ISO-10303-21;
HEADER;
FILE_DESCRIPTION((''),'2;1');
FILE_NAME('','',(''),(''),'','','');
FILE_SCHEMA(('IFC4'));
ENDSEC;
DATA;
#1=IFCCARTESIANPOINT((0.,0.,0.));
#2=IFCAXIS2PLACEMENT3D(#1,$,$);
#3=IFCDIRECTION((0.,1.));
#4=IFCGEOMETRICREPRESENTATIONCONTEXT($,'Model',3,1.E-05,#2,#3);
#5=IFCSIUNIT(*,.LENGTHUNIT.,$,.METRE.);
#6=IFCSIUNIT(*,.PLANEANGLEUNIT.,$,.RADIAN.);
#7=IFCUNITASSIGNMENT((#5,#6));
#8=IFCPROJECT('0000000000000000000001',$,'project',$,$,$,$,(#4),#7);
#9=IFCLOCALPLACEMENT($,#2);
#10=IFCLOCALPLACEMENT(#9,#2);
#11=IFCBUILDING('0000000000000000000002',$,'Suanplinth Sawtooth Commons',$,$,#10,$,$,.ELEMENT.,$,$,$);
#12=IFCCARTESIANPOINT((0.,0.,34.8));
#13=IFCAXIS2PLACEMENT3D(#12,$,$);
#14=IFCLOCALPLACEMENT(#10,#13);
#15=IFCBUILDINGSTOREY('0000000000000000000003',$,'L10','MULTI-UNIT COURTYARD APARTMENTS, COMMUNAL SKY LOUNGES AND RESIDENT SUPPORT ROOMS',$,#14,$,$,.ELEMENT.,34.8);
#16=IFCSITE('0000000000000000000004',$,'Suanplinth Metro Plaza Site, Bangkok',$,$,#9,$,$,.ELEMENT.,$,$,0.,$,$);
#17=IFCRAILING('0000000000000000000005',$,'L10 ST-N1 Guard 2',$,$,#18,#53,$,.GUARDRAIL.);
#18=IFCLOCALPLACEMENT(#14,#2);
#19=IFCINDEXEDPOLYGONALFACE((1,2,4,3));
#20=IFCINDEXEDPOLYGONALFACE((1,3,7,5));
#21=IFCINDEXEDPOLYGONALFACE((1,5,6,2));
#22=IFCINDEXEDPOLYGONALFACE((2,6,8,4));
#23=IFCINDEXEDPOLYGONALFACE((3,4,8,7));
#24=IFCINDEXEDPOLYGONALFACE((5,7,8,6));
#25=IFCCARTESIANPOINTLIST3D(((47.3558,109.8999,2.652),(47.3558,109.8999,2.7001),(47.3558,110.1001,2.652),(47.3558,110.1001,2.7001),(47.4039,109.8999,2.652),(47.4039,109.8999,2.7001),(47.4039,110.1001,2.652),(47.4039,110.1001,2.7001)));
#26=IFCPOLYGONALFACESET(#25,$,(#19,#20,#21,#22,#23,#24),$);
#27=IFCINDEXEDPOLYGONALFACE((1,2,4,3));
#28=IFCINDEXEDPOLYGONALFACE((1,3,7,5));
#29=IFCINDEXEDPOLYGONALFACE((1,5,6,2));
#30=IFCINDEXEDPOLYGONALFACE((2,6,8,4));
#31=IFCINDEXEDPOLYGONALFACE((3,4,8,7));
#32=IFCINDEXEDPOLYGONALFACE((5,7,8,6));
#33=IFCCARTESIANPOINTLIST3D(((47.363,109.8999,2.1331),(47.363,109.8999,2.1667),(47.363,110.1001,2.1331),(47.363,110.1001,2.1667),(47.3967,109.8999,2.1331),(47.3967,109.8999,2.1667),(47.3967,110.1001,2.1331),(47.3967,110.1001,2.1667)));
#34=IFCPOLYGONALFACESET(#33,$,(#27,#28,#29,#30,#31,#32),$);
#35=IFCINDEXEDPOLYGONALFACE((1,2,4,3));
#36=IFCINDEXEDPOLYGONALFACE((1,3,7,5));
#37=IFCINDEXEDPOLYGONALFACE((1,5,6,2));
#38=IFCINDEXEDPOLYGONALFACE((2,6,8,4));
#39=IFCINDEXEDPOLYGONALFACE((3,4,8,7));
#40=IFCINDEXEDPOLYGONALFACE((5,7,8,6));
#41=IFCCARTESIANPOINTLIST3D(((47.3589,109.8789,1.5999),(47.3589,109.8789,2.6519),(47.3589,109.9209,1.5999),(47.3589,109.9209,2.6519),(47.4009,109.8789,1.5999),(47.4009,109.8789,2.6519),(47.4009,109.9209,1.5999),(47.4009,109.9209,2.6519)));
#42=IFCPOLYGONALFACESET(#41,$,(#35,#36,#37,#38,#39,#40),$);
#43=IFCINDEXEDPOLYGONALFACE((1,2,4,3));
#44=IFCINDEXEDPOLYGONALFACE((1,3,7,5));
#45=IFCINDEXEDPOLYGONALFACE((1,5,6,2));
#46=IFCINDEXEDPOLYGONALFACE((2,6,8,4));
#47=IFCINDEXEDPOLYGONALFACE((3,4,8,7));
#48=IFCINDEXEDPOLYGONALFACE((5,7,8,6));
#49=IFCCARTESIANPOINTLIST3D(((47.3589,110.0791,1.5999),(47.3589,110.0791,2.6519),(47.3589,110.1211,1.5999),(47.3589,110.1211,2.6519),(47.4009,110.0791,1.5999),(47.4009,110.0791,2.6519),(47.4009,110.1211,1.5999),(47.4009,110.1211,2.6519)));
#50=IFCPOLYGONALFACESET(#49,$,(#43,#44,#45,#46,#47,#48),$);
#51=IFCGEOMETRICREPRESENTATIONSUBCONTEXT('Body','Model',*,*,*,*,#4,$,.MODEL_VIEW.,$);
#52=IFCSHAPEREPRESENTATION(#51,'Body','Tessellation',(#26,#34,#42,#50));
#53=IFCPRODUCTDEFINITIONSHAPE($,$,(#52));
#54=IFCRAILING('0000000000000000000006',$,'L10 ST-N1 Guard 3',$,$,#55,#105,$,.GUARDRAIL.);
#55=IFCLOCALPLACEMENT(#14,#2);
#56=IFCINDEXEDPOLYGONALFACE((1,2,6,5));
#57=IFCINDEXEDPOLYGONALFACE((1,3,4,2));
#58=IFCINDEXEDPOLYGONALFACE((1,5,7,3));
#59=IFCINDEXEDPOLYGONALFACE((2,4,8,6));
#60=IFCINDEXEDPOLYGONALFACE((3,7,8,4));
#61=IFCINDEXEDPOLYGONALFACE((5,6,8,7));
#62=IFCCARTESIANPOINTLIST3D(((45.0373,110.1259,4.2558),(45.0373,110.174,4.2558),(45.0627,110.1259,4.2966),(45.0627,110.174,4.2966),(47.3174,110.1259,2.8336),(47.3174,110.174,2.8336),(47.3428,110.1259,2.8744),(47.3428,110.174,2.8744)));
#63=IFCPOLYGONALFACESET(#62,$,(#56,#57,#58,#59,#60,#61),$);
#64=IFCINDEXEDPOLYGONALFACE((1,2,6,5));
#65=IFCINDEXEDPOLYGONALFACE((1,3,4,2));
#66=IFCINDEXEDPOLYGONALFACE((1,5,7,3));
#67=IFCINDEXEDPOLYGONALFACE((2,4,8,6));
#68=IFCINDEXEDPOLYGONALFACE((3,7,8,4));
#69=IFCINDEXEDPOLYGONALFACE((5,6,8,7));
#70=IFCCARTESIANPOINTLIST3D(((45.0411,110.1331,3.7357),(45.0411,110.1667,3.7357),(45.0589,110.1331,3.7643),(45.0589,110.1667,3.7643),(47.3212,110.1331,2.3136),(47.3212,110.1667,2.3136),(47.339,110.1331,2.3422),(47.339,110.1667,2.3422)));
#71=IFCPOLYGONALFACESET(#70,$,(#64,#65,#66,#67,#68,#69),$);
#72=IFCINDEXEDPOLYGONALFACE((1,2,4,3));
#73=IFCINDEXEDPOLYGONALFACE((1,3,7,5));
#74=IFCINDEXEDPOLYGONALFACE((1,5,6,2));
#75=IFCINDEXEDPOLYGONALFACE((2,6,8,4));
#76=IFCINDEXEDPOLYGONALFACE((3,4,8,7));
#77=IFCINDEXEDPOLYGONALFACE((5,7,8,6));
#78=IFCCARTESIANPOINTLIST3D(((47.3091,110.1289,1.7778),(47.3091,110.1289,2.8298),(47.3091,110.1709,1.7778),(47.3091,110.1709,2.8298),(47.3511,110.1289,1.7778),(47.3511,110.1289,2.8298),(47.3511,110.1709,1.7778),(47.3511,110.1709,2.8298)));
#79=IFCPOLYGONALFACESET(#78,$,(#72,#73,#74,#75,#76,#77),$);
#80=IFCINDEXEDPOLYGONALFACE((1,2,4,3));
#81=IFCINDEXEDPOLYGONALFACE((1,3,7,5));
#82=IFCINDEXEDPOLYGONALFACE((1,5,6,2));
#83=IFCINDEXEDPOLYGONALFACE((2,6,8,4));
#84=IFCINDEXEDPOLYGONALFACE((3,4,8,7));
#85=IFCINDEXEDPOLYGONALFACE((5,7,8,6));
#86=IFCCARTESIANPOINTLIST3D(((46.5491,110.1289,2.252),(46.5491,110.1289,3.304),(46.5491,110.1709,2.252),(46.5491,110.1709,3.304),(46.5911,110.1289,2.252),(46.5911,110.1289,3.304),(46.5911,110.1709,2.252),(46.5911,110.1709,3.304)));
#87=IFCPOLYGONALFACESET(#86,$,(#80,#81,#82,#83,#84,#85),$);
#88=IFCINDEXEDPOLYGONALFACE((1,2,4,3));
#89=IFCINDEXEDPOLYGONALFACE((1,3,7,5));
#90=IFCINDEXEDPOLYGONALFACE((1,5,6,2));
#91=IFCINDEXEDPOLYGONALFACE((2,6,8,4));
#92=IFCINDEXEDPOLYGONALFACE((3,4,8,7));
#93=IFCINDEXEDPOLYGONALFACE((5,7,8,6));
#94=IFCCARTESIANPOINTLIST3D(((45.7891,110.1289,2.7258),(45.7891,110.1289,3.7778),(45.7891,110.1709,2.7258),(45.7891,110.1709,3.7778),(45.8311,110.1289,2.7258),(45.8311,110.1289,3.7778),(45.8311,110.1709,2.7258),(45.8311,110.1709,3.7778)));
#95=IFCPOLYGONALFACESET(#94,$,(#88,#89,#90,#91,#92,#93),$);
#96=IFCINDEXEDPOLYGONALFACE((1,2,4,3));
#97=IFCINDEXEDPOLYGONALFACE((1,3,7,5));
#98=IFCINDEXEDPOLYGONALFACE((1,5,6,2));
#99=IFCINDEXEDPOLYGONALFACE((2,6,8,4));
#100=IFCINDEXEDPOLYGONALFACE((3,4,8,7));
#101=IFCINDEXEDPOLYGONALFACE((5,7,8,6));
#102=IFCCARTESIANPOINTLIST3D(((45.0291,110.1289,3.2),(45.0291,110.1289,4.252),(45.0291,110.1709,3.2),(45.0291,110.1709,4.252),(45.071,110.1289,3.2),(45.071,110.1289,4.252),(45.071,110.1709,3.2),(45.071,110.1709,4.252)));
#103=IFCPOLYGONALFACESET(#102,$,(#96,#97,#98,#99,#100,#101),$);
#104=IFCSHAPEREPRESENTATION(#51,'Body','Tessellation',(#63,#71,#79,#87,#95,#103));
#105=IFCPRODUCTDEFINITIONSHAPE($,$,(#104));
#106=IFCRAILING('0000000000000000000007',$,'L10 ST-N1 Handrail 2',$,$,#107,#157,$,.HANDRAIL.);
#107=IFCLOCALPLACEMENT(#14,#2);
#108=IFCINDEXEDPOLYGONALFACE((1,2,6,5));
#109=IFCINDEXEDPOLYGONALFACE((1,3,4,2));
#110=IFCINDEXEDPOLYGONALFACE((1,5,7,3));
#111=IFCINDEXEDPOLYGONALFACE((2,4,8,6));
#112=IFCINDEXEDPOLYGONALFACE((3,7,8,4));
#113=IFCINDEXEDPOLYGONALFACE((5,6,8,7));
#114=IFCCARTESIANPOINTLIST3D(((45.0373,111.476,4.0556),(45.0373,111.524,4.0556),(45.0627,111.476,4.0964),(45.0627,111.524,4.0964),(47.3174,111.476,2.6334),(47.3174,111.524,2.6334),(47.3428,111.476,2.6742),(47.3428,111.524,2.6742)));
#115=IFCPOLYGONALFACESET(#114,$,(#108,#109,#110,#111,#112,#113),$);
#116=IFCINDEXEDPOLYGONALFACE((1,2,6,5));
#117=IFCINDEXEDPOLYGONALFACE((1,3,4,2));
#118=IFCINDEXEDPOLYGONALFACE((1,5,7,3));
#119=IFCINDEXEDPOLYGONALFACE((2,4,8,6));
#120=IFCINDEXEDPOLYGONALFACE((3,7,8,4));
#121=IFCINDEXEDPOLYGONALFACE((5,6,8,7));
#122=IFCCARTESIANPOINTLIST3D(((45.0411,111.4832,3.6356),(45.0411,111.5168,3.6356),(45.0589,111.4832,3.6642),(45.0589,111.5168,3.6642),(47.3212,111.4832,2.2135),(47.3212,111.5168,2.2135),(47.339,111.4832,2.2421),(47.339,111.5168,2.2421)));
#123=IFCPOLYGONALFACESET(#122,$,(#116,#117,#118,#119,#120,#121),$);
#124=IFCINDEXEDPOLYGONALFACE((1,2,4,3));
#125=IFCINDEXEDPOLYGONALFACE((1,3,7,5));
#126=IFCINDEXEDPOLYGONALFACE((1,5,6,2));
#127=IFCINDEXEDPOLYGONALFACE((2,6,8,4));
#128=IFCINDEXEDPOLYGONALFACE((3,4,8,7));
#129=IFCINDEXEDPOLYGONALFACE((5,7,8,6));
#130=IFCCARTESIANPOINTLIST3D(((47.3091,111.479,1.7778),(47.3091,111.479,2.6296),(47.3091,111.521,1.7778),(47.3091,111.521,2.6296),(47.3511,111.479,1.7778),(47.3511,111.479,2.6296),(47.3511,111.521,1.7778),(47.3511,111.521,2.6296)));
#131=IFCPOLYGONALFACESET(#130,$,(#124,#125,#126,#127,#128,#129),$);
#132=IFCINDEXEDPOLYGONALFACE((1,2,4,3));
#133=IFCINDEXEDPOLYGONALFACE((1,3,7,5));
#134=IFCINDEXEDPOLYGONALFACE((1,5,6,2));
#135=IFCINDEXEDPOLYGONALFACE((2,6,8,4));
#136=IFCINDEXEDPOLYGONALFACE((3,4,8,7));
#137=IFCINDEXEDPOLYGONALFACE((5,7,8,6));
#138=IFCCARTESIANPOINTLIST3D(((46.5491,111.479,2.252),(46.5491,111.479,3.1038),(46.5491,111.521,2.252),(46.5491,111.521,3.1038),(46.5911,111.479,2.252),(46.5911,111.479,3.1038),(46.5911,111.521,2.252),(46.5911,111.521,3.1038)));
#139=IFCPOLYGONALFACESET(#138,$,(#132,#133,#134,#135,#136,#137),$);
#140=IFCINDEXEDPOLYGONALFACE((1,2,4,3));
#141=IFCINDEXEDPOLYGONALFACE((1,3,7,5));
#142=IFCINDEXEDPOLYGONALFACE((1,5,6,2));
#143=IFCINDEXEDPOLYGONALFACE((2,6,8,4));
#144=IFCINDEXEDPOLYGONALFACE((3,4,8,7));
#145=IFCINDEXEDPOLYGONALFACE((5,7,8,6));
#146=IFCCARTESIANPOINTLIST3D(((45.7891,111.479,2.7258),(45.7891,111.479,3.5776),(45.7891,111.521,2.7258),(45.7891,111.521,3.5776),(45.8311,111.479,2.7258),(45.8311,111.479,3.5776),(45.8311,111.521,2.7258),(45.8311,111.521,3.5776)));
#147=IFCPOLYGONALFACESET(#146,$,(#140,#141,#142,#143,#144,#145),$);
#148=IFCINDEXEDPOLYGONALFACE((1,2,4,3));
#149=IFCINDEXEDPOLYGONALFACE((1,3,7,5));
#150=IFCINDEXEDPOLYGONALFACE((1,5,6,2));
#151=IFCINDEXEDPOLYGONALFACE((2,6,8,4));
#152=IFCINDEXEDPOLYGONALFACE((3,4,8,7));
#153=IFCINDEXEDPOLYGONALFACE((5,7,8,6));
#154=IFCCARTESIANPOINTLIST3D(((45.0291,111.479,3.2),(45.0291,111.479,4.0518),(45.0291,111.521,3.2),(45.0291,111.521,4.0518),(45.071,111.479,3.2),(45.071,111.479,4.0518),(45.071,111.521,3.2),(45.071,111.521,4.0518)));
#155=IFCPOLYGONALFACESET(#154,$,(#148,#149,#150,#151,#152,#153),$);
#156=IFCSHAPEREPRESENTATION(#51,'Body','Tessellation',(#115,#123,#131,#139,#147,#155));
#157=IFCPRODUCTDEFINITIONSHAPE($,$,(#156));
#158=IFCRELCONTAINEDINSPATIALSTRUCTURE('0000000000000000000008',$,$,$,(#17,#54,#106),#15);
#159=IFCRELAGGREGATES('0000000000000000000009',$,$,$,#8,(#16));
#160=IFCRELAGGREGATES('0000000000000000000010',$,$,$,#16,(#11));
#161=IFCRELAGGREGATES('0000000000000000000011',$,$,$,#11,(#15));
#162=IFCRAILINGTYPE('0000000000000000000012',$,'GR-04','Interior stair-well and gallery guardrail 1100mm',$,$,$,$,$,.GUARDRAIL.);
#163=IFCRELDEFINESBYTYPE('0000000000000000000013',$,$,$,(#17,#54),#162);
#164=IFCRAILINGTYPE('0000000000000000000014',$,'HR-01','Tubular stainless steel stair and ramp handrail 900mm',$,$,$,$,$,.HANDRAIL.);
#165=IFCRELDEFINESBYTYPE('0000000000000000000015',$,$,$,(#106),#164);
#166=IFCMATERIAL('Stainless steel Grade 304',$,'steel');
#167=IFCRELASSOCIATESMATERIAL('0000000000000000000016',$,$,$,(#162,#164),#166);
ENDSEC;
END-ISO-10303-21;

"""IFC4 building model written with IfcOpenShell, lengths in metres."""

from ifc_helpers import new_model, si_unit, direction, frame, origin, origin_2d, place, context, subcontext, project, spatial, rectangle, extrude, material, type_object, element, save


model = new_model("IFC4")

# Units and contexts
model_context = context("Model", 3, precision=1e-05, world=origin(), true_north=direction((0.0, 1.0)))
body_context = subcontext(model_context, "Body", "Model", "MODEL_VIEW")
ifc_project = project(units=[si_unit("LENGTHUNIT", "METRE"), si_unit("PLANEANGLEUNIT", "RADIAN")], contexts=[model_context])

# Site, building, storey
site_placement = place(None, origin())
site = spatial("IfcSite", under=ifc_project, at=site_placement, Name="Suanplinth Metro Plaza Site, Bangkok", CompositionType="ELEMENT", RefElevation=0.0)
building_placement = place(site_placement, origin())
building = spatial("IfcBuilding", under=site, at=building_placement, Name="Suanplinth Sawtooth Commons", CompositionType="ELEMENT")
storey_placement = place(building_placement, frame((0.0, 0.0, 34.8)))
storey = spatial("IfcBuildingStorey", under=building, at=storey_placement, Name="L10", Description="MULTI-UNIT COURTYARD APARTMENTS, COMMUNAL SKY LOUNGES AND RESIDENT SUPPORT ROOMS", CompositionType="ELEMENT", Elevation=34.8)

# Shared definitions
ifc_material_1 = material(Name="Stainless steel Grade 304", Category="steel")

# Railings
railing_type_1 = type_object("IfcRailingType", Name="GR-04", Description="Interior stair-well and gallery guardrail 1100mm", PredefinedType="GUARDRAIL", material=ifc_material_1)
railing_1_placement = place(storey_placement, frame((47.3799, 109.8999, 1.5999)))
element("IfcRailing", 1, at=railing_1_placement, inside=storey, type_object=railing_type_1, Name="L10 ST-N1 Guard 2", PredefinedType="GUARDRAIL", context=body_context, shape_type="SweptSolid", body=[
    extrude(rectangle(XDim=0.0481, YDim=0.0481, at=origin_2d()), frame((0.0, 0.0, 1.0762), z_axis=(0.0, 1.0, 0.0), x_axis=(-1.0, 0.0, 0.0)), (0.0, 0.0, 1.0), 0.2002),
    extrude(rectangle(XDim=0.0337, YDim=0.0337, at=origin_2d()), frame((0.0, 0.0, 0.55), z_axis=(0.0, 1.0, 0.0), x_axis=(-1.0, 0.0, 0.0)), (0.0, 0.0, 1.0), 0.2002),
    extrude(rectangle(XDim=0.042, YDim=0.042, at=origin_2d()), origin(), (0.0, 0.0, 1.0), 1.052),
    extrude(rectangle(XDim=0.042, YDim=0.042, at=origin_2d()), frame((0.0, 0.2002, 0.0)), (0.0, 0.0, 1.0), 1.052),
])
railing_2_placement = place(storey_placement, frame((47.3301, 110.1499, 1.7778)))
element("IfcRailing", 2, at=railing_2_placement, inside=storey, type_object=railing_type_1, Name="L10 ST-N1 Guard 3", PredefinedType="GUARDRAIL", context=body_context, shape_type="SweptSolid", body=[
    extrude(rectangle(XDim=0.0481, YDim=0.0481, at=origin_2d()), frame((0.0, 0.0, 1.0762), z_axis=(-0.848483, 0.0, 0.529223), x_axis=(0.0, -1.0, 0.0)), (0.0, 0.0, 1.0), 2.6873),
    extrude(rectangle(XDim=0.0337, YDim=0.0337, at=origin_2d()), frame((0.0, 0.0, 0.55), z_axis=(-0.848483, 0.0, 0.529223), x_axis=(0.0, -1.0, 0.0)), (0.0, 0.0, 1.0), 2.6873),
    extrude(rectangle(XDim=0.042, YDim=0.042, at=origin_2d()), origin(), (0.0, 0.0, 1.0), 1.052),
    extrude(rectangle(XDim=0.042, YDim=0.042, at=origin_2d()), frame((-0.76, 0.0, 0.4741)), (0.0, 0.0, 1.0), 1.052),
    extrude(rectangle(XDim=0.042, YDim=0.042, at=origin_2d()), frame((-1.52, 0.0, 0.948)), (0.0, 0.0, 1.0), 1.052),
    extrude(rectangle(XDim=0.042, YDim=0.042, at=origin_2d()), frame((-2.28, 0.0, 1.4221)), (0.0, 0.0, 1.0), 1.052),
])
railing_type_2 = type_object("IfcRailingType", Name="HR-01", Description="Tubular stainless steel stair and ramp handrail 900mm", PredefinedType="HANDRAIL", material=ifc_material_1)
railing_3_placement = place(storey_placement, frame((47.3301, 111.5, 1.7778)))
element("IfcRailing", 3, at=railing_3_placement, inside=storey, type_object=railing_type_2, Name="L10 ST-N1 Handrail 2", PredefinedType="HANDRAIL", context=body_context, shape_type="SweptSolid", body=[
    extrude(rectangle(XDim=0.0481, YDim=0.0481, at=origin_2d()), frame((0.0, 0.0, 0.876), z_axis=(-0.848483, 0.0, 0.529223), x_axis=(0.0, -1.0, 0.0)), (0.0, 0.0, 1.0), 2.6873),
    extrude(rectangle(XDim=0.0337, YDim=0.0337, at=origin_2d()), frame((0.0, 0.0, 0.45), z_axis=(-0.848483, 0.0, 0.529223), x_axis=(0.0, -1.0, 0.0)), (0.0, 0.0, 1.0), 2.6873),
    extrude(rectangle(XDim=0.042, YDim=0.042, at=origin_2d()), origin(), (0.0, 0.0, 1.0), 0.8518),
    extrude(rectangle(XDim=0.042, YDim=0.042, at=origin_2d()), frame((-0.76, 0.0, 0.4741)), (0.0, 0.0, 1.0), 0.8518),
    extrude(rectangle(XDim=0.042, YDim=0.042, at=origin_2d()), frame((-1.52, 0.0, 0.948)), (0.0, 0.0, 1.0), 0.8518),
    extrude(rectangle(XDim=0.042, YDim=0.042, at=origin_2d()), frame((-2.28, 0.0, 1.4221)), (0.0, 0.0, 1.0), 0.8518),
])

save(model, "model.ifc")
